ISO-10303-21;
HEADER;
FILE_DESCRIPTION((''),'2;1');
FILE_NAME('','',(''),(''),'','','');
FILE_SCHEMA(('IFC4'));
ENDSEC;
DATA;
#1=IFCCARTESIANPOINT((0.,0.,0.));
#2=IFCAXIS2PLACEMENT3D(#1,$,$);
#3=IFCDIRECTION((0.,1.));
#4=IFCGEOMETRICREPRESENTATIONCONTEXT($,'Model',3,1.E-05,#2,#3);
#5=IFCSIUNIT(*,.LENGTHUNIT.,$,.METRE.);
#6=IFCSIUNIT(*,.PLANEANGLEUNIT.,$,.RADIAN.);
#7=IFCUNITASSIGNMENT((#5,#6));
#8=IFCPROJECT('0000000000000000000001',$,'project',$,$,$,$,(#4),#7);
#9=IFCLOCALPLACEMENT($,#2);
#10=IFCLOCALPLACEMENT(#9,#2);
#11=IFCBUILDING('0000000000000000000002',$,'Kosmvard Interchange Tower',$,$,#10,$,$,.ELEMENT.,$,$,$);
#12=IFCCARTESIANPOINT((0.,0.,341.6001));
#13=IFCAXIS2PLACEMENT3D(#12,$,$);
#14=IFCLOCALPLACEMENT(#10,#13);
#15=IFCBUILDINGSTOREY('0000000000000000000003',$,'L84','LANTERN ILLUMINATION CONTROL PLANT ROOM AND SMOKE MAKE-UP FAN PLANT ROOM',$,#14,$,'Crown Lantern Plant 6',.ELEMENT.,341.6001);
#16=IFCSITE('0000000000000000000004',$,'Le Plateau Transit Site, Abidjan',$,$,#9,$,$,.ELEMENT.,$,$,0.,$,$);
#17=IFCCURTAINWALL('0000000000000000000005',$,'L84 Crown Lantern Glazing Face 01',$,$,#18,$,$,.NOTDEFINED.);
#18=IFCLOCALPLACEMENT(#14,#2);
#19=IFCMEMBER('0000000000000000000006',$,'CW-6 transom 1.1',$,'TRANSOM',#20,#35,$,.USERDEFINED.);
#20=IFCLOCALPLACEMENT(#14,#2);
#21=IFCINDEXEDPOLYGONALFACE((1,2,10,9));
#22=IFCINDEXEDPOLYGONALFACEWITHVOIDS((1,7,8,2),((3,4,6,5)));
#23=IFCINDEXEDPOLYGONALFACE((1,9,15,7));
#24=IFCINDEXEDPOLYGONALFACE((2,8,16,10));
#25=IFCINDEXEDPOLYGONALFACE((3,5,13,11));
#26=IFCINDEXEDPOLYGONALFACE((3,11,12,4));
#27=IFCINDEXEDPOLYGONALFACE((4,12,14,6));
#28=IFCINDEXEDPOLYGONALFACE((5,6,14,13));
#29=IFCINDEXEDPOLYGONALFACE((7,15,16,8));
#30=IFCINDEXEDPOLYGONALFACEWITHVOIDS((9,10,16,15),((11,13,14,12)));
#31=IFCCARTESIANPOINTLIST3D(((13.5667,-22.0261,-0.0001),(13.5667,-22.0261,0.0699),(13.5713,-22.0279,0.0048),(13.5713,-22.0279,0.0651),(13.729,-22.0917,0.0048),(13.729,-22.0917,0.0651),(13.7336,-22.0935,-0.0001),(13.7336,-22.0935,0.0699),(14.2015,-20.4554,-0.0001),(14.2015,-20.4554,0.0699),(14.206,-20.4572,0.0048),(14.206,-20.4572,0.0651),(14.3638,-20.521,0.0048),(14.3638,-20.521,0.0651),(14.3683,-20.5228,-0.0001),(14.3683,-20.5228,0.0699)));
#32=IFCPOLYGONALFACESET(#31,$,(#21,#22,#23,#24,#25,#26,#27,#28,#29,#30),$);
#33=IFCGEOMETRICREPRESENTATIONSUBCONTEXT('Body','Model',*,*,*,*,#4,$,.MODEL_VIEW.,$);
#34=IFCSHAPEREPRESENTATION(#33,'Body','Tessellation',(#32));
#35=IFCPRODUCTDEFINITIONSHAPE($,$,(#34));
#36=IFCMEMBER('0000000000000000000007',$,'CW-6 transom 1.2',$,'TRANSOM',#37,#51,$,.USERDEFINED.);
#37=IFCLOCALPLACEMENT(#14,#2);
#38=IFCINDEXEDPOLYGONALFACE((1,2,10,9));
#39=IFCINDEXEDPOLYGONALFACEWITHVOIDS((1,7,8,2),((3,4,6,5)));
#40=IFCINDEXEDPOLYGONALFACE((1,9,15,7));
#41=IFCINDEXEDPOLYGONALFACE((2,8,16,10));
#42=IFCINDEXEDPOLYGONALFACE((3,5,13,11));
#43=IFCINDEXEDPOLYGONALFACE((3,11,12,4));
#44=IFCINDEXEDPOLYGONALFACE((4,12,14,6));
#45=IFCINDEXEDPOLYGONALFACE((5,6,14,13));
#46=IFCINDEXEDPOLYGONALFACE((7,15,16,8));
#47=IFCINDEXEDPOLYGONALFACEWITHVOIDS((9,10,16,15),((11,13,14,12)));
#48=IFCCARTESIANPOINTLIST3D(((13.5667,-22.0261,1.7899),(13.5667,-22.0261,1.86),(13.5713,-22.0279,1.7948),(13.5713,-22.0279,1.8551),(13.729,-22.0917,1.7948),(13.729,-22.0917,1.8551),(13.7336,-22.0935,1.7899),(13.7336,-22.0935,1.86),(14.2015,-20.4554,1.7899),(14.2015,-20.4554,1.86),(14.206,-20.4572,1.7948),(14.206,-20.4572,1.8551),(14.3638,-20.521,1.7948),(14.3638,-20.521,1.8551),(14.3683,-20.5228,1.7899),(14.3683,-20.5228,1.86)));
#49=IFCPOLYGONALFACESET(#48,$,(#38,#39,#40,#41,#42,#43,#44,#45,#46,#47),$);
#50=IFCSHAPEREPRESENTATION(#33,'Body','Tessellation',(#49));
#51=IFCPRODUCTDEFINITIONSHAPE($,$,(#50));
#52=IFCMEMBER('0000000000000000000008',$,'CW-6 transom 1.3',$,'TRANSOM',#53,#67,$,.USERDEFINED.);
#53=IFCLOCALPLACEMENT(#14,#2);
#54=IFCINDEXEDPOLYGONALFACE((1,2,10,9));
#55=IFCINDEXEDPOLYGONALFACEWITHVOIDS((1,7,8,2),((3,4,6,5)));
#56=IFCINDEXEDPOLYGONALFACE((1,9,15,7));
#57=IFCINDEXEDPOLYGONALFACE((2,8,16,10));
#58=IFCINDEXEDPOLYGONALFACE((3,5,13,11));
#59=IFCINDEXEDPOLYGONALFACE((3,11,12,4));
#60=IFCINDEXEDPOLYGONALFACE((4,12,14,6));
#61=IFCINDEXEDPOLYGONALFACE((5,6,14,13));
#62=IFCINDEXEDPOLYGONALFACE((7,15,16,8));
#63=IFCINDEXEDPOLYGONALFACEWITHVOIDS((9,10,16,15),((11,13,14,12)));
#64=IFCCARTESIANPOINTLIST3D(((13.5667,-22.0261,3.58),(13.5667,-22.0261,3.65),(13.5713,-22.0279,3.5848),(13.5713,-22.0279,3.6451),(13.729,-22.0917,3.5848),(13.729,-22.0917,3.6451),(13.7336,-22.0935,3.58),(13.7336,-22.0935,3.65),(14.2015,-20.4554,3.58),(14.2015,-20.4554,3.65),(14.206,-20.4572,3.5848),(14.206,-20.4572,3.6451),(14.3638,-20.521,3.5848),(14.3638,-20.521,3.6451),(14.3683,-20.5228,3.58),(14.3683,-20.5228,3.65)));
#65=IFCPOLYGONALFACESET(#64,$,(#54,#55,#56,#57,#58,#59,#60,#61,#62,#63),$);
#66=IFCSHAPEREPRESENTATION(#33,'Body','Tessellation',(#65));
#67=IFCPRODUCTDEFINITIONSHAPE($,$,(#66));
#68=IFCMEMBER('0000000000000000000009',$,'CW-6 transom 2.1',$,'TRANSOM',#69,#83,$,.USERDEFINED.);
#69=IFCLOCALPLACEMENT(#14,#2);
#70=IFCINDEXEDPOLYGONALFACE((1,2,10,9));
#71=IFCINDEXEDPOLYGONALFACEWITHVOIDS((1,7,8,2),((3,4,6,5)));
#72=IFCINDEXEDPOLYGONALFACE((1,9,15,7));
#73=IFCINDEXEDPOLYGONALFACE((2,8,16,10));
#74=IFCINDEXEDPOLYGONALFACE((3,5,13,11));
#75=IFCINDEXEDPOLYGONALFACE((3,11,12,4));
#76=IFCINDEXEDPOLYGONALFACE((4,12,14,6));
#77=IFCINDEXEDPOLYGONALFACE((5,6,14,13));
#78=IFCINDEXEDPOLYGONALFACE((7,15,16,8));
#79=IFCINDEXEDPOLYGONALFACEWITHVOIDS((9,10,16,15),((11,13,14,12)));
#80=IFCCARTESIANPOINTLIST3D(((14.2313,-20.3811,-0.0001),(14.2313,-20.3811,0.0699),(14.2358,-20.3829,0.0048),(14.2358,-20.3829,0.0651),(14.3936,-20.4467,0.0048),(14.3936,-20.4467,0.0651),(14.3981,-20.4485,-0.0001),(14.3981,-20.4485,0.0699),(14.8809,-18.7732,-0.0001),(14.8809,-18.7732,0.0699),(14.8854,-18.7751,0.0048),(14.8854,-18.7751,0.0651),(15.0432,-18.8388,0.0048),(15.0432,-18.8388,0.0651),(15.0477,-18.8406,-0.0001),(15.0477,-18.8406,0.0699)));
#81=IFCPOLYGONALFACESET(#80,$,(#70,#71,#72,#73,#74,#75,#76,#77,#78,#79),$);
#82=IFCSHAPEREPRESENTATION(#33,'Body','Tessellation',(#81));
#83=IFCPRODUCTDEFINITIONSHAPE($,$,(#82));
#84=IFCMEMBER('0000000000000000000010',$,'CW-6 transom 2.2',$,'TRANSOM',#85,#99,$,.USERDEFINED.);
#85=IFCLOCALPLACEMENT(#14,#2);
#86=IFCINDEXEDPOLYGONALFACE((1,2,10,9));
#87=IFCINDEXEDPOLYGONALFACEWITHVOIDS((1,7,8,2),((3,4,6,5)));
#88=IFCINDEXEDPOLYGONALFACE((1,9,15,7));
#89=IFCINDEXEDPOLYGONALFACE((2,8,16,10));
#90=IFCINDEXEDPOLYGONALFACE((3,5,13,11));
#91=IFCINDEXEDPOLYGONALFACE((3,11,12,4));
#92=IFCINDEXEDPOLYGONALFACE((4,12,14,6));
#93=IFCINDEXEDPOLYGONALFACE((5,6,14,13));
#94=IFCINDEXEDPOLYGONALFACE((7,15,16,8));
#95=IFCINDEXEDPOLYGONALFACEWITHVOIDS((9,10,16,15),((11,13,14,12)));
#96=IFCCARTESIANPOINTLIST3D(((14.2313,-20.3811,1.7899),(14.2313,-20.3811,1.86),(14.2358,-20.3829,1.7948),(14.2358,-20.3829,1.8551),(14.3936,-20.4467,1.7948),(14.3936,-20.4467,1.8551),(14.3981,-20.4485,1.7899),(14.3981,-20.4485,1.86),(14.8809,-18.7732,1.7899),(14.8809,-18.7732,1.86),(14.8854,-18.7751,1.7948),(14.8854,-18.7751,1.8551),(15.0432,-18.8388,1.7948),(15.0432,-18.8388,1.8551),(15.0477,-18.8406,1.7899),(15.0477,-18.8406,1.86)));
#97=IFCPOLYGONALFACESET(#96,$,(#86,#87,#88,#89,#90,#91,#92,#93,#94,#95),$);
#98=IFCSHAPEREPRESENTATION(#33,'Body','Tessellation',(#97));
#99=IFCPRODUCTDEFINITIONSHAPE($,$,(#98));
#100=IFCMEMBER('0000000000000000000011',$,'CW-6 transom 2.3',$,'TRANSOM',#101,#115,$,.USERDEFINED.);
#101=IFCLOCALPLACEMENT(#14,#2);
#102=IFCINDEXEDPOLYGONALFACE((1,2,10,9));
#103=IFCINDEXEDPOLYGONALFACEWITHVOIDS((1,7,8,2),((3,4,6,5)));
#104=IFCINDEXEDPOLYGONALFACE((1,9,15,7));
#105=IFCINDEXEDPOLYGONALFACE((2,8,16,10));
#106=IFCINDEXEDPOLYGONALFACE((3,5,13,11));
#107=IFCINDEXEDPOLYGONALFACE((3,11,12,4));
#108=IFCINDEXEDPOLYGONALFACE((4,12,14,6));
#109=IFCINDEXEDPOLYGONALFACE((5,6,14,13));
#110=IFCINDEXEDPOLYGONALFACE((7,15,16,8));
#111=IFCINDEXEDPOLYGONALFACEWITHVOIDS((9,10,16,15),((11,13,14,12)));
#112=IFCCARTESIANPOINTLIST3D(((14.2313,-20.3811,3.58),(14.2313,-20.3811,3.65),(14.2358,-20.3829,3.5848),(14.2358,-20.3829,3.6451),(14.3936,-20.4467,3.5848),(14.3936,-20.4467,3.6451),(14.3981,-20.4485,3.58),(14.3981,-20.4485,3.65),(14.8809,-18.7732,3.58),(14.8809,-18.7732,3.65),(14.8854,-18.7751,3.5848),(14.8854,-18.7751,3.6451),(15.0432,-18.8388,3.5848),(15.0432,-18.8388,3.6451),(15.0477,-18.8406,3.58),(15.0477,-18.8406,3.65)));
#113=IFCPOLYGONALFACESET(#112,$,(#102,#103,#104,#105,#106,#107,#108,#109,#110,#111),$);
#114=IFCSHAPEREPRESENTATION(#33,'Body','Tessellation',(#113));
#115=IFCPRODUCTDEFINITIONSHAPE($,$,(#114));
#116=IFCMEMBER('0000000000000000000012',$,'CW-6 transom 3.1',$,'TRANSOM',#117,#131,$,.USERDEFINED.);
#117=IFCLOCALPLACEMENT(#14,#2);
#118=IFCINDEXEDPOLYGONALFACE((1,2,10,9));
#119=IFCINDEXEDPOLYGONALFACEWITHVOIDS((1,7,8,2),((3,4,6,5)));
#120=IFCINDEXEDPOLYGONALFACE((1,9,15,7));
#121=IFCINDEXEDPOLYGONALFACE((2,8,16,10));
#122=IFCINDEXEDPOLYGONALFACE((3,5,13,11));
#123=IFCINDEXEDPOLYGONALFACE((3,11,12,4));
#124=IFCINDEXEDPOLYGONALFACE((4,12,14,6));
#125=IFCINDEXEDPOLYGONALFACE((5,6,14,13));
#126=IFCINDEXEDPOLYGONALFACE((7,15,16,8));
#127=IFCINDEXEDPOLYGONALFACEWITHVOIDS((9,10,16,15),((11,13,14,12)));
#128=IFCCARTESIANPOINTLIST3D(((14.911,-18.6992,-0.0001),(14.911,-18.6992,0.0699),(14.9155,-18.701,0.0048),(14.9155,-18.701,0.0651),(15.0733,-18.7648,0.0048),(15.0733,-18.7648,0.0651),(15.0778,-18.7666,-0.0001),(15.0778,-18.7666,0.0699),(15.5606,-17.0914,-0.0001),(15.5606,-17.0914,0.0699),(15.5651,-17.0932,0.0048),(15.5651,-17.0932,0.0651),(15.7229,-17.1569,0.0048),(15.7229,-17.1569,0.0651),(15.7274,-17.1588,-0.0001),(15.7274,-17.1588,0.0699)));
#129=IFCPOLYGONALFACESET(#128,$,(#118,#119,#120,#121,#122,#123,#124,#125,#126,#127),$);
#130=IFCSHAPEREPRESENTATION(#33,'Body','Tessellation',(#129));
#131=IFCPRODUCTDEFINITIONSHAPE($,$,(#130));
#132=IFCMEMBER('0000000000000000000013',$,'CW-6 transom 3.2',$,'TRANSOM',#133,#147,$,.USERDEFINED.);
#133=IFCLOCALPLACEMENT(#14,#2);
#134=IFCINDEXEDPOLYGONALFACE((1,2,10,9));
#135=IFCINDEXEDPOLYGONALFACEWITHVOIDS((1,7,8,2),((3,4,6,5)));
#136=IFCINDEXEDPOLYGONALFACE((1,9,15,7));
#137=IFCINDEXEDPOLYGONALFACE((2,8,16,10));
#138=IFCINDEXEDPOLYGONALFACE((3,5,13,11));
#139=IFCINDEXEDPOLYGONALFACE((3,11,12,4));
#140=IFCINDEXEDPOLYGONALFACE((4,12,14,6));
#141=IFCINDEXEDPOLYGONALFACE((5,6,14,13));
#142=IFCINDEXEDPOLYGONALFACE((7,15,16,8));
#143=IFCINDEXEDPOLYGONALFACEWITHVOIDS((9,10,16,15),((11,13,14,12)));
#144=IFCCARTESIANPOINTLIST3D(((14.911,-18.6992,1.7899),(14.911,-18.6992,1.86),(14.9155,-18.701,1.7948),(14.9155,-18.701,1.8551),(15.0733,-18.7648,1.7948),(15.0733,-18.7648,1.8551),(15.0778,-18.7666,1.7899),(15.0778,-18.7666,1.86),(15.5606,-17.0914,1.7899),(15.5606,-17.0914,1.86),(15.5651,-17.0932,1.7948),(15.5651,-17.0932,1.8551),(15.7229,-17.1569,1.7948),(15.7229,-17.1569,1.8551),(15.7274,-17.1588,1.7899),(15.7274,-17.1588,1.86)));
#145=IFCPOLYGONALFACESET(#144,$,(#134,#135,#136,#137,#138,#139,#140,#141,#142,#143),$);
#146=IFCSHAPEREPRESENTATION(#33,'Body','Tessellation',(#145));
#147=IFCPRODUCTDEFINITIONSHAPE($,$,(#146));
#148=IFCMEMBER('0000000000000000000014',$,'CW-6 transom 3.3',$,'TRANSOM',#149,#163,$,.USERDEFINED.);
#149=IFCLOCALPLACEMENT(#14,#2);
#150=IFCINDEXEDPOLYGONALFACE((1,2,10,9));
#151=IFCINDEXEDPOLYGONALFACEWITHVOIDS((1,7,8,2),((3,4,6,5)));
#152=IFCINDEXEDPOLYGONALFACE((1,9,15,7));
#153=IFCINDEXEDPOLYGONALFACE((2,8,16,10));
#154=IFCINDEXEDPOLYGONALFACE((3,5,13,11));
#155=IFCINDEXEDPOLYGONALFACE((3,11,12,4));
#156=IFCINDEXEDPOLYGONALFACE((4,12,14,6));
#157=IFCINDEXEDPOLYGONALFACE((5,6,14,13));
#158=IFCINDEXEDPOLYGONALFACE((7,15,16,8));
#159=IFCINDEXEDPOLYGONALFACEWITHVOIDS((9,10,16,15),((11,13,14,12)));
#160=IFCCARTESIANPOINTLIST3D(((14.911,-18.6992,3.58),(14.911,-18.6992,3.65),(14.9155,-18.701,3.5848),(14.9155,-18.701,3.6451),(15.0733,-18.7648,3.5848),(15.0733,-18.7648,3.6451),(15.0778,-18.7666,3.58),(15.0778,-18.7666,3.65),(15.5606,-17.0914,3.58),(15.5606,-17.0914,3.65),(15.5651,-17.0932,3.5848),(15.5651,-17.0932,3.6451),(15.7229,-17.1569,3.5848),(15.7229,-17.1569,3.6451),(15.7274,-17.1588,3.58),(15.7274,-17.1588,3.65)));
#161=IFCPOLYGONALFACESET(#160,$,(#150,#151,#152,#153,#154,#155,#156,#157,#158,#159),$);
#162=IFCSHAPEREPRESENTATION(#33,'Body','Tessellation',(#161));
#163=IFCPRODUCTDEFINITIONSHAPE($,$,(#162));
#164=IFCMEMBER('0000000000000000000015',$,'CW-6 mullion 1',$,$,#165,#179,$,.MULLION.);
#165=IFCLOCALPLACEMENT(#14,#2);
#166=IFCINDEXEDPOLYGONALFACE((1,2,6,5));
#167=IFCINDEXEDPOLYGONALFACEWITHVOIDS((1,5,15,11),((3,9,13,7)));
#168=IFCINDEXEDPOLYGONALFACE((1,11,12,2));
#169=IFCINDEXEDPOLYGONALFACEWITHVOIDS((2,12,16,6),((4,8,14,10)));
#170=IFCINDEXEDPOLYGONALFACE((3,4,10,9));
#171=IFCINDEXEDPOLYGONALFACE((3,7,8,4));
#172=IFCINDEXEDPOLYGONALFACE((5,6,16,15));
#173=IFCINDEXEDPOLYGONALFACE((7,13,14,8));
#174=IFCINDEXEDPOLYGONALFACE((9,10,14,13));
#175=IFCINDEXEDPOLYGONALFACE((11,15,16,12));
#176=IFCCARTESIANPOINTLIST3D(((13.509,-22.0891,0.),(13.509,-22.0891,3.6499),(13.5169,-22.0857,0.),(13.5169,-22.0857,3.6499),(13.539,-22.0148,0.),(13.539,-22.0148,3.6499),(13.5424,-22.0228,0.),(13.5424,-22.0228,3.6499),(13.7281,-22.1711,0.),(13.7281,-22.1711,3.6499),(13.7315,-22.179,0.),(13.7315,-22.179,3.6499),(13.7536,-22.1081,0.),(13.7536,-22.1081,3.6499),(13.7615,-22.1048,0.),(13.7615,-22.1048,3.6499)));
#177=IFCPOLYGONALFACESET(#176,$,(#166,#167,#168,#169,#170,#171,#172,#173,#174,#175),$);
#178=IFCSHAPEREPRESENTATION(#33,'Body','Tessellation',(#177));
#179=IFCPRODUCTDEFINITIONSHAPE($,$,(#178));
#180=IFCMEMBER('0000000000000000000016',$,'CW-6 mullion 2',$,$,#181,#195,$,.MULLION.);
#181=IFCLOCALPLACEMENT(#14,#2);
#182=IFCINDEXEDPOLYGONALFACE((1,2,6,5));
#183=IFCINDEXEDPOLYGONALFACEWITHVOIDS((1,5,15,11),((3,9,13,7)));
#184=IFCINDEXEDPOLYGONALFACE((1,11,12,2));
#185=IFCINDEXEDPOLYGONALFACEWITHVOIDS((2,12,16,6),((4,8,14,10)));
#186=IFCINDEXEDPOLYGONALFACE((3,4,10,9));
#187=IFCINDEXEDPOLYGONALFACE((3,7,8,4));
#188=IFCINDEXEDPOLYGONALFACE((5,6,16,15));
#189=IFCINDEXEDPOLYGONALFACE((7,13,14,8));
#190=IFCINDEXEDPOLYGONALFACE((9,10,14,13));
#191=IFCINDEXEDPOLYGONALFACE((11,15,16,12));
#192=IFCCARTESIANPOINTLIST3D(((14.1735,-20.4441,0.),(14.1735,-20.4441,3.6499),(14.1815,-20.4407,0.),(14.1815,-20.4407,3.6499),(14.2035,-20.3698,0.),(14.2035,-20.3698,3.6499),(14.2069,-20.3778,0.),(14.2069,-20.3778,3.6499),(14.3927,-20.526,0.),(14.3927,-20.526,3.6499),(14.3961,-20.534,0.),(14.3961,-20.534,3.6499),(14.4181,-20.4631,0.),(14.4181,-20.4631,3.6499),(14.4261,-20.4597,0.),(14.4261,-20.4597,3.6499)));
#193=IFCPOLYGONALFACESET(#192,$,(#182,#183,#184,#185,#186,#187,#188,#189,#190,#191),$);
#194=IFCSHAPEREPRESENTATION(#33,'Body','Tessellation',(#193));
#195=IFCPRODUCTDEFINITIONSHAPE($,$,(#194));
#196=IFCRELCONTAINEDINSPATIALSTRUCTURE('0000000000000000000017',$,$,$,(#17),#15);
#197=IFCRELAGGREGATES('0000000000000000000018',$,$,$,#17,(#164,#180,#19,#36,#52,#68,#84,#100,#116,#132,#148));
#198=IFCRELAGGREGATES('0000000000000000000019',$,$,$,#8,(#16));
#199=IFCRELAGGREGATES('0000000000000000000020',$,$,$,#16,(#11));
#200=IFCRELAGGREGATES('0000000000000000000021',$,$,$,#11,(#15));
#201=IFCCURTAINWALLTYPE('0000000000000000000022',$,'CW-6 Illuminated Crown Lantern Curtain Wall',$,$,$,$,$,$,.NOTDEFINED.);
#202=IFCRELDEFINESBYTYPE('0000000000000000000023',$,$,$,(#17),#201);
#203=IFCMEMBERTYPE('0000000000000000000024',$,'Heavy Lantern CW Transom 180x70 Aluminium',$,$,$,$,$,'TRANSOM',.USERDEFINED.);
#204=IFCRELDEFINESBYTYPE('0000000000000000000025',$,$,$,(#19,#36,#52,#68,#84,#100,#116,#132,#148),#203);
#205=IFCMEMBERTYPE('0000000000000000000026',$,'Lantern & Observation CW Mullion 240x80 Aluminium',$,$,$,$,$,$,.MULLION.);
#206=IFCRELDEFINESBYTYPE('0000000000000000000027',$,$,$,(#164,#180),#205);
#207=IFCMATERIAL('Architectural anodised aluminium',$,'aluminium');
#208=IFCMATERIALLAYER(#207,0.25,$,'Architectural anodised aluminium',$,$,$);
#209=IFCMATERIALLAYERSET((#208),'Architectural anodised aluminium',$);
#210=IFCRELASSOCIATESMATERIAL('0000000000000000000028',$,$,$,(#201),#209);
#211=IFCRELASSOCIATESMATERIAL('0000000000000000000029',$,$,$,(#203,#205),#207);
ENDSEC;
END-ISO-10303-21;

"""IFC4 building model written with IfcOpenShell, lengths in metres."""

from ifc_helpers import new_model, si_unit, direction, frame, origin, origin_2d, place, context, subcontext, project, spatial, hollow_rectangle, extrude, source, transform, mapped, material, layer, layer_set, material_profile, profile_set, type_object, element, aggregate, save


model = new_model("IFC4")

# Units and contexts
model_context = context("Model", 3, precision=1e-05, world=origin(), true_north=direction((0.0, 1.0)))
body_context = subcontext(model_context, "Body", "Model", "MODEL_VIEW")
ifc_project = project(units=[si_unit("LENGTHUNIT", "METRE"), si_unit("PLANEANGLEUNIT", "RADIAN")], contexts=[model_context])

# Site, building, storey
site_placement = place(None, origin())
site = spatial("IfcSite", under=ifc_project, at=site_placement, Name="Le Plateau Transit Site, Abidjan", CompositionType="ELEMENT", RefElevation=0.0)
building_placement = place(site_placement, origin())
building = spatial("IfcBuilding", under=site, at=building_placement, Name="Kosmvard Interchange Tower", CompositionType="ELEMENT")
storey_placement = place(building_placement, frame((0.0, 0.0, 341.6001)))
storey = spatial("IfcBuildingStorey", under=building, at=storey_placement, Name="L84", Description="LANTERN ILLUMINATION CONTROL PLANT ROOM AND SMOKE MAKE-UP FAN PLANT ROOM", LongName="Crown Lantern Plant 6", CompositionType="ELEMENT", Elevation=341.6001)

# Curtain wall, members
ifc_material_1 = material(Name="Architectural anodised aluminium", Category="aluminium")
ifc_layer_1 = layer(ifc_material_1, 0.25, Name="Architectural anodised aluminium")
ifc_layer_set_1 = layer_set([ifc_layer_1], Name="Architectural anodised aluminium")
curtain_wall_type = type_object("IfcCurtainWallType", Name="CW-6 Illuminated Crown Lantern Curtain Wall", PredefinedType="NOTDEFINED", material=ifc_layer_set_1)
curtain_wall_1_placement = place(storey_placement, origin())
curtain_wall_1 = element("IfcCurtainWall", 1, at=curtain_wall_1_placement, inside=storey, type_object=curtain_wall_type, Name="L84 Crown Lantern Glazing Face 01", PredefinedType="NOTDEFINED")
ifc_material_profile_1 = material_profile(ifc_material_1, hollow_rectangle(XDim=0.1799, YDim=0.0701, WallThickness=0.0049, at=origin_2d()), Name="CWT 180x70x5")
ifc_profile_set_1 = profile_set([ifc_material_profile_1], Name="Architectural anodised aluminium")
member_type_1 = type_object("IfcMemberType", Name="Heavy Lantern CW Transom 180x70 Aluminium", ElementType="TRANSOM", PredefinedType="USERDEFINED", material=ifc_profile_set_1)
shared_shape_1 = source(origin(), body_context, "Body", "SweptSolid", [
    extrude(hollow_rectangle(XDim=0.1799, YDim=0.0701, WallThickness=0.0049, at=origin_2d()), origin(), (0.0, 0.0, 1.0), 1.6941),
])
member_1_placement = place(storey_placement, frame((13.6501, -22.0598, 0.0349), z_axis=(0.374668, 0.927159, 0.0), x_axis=(-0.927159, 0.374668, 0.0)))
member_1 = element("IfcMember", 2, at=member_1_placement, type_object=member_type_1, Name="CW-6 transom 1.1", ObjectType="TRANSOM", PredefinedType="USERDEFINED", context=body_context, shape_type="MappedRepresentation", body=[
    mapped(shared_shape_1, transform((0.0, 0.0, 0.0), scale=1.0)),
])
member_2_placement = place(storey_placement, frame((13.6501, -22.0598, 1.825), z_axis=(0.374668, 0.927159, 0.0), x_axis=(-0.927159, 0.374668, 0.0)))
member_2 = element("IfcMember", 3, at=member_2_placement, type_object=member_type_1, Name="CW-6 transom 1.2", ObjectType="TRANSOM", PredefinedType="USERDEFINED", context=body_context, shape_type="MappedRepresentation", body=[
    mapped(shared_shape_1, transform((0.0, 0.0, 0.0), scale=1.0)),
])
member_3_placement = place(storey_placement, frame((13.6501, -22.0598, 3.615), z_axis=(0.374668, 0.927159, 0.0), x_axis=(-0.927159, 0.374668, 0.0)))
member_3 = element("IfcMember", 4, at=member_3_placement, type_object=member_type_1, Name="CW-6 transom 1.3", ObjectType="TRANSOM", PredefinedType="USERDEFINED", context=body_context, shape_type="MappedRepresentation", body=[
    mapped(shared_shape_1, transform((0.0, 0.0, 0.0), scale=1.0)),
])
shared_shape_2 = source(origin(), body_context, "Body", "SweptSolid", [
    extrude(hollow_rectangle(XDim=0.1799, YDim=0.0701, WallThickness=0.0049, at=origin_2d()), origin(), (0.0, 0.0, 1.0), 1.7341),
])
member_4_placement = place(storey_placement, frame((14.3147, -20.4148, 0.0349), z_axis=(0.374617, 0.92718, 0.0), x_axis=(-0.92718, 0.374617, 0.0)))
member_4 = element("IfcMember", 5, at=member_4_placement, type_object=member_type_1, Name="CW-6 transom 2.1", ObjectType="TRANSOM", PredefinedType="USERDEFINED", context=body_context, shape_type="MappedRepresentation", body=[
    mapped(shared_shape_2, transform((0.0, 0.0, 0.0), scale=1.0)),
])
member_5_placement = place(storey_placement, frame((14.3147, -20.4148, 1.825), z_axis=(0.374617, 0.92718, 0.0), x_axis=(-0.92718, 0.374617, 0.0)))
member_5 = element("IfcMember", 6, at=member_5_placement, type_object=member_type_1, Name="CW-6 transom 2.2", ObjectType="TRANSOM", PredefinedType="USERDEFINED", context=body_context, shape_type="MappedRepresentation", body=[
    mapped(shared_shape_2, transform((0.0, 0.0, 0.0), scale=1.0)),
])
member_6_placement = place(storey_placement, frame((14.3147, -20.4148, 3.615), z_axis=(0.374617, 0.92718, 0.0), x_axis=(-0.92718, 0.374617, 0.0)))
member_6 = element("IfcMember", 7, at=member_6_placement, type_object=member_type_1, Name="CW-6 transom 2.3", ObjectType="TRANSOM", PredefinedType="USERDEFINED", context=body_context, shape_type="MappedRepresentation", body=[
    mapped(shared_shape_2, transform((0.0, 0.0, 0.0), scale=1.0)),
])
member_7_placement = place(storey_placement, frame((14.9944, -18.7329, 0.0349), z_axis=(0.374617, 0.92718, 0.0), x_axis=(-0.92718, 0.374617, 0.0)))
member_7 = element("IfcMember", 8, at=member_7_placement, type_object=member_type_1, Name="CW-6 transom 3.1", ObjectType="TRANSOM", PredefinedType="USERDEFINED", context=body_context, shape_type="MappedRepresentation", body=[
    mapped(shared_shape_2, transform((0.0, 0.0, 0.0), scale=1.0)),
])
member_8_placement = place(storey_placement, frame((14.9944, -18.7329, 1.825), z_axis=(0.374617, 0.92718, 0.0), x_axis=(-0.92718, 0.374617, 0.0)))
member_8 = element("IfcMember", 9, at=member_8_placement, type_object=member_type_1, Name="CW-6 transom 3.2", ObjectType="TRANSOM", PredefinedType="USERDEFINED", context=body_context, shape_type="MappedRepresentation", body=[
    mapped(shared_shape_2, transform((0.0, 0.0, 0.0), scale=1.0)),
])
member_9_placement = place(storey_placement, frame((14.9944, -18.7329, 3.615), z_axis=(0.374617, 0.92718, 0.0), x_axis=(-0.92718, 0.374617, 0.0)))
member_9 = element("IfcMember", 10, at=member_9_placement, type_object=member_type_1, Name="CW-6 transom 3.3", ObjectType="TRANSOM", PredefinedType="USERDEFINED", context=body_context, shape_type="MappedRepresentation", body=[
    mapped(shared_shape_2, transform((0.0, 0.0, 0.0), scale=1.0)),
])
ifc_material_profile_2 = material_profile(ifc_material_1, hollow_rectangle(XDim=0.24, YDim=0.0801, WallThickness=0.0061, at=origin_2d()), Name="CWM 240x80x6")
ifc_profile_set_2 = profile_set([ifc_material_profile_2], Name="Architectural anodised aluminium")
member_type_2 = type_object("IfcMemberType", Name="Lantern & Observation CW Mullion 240x80 Aluminium", PredefinedType="MULLION", material=ifc_profile_set_2)
shared_shape_3 = source(origin(), body_context, "Body", "SweptSolid", [
    extrude(hollow_rectangle(XDim=0.24, YDim=0.0801, WallThickness=0.0061, at=origin_2d()), origin(), (0.0, 0.0, 1.0), 3.6499),
])
member_10_placement = place(storey_placement, frame((13.6353, -22.0969, 0.0), z_axis=(0.0, 0.0, 1.0), x_axis=(-0.927184, 0.374607, 0.0)))
member_10 = element("IfcMember", 11, at=member_10_placement, type_object=member_type_2, Name="CW-6 mullion 1", PredefinedType="MULLION", context=body_context, shape_type="MappedRepresentation", body=[
    mapped(shared_shape_3, transform((0.0, 0.0, 0.0), scale=1.0)),
])
member_11_placement = place(storey_placement, frame((14.2998, -20.4519, 0.0), z_axis=(0.0, 0.0, 1.0), x_axis=(-0.927184, 0.374607, 0.0)))
member_11 = element("IfcMember", 12, at=member_11_placement, type_object=member_type_2, Name="CW-6 mullion 2", PredefinedType="MULLION", context=body_context, shape_type="MappedRepresentation", body=[
    mapped(shared_shape_3, transform((0.0, 0.0, 0.0), scale=1.0)),
])

aggregate(curtain_wall_1, [member_10, member_11, member_1, member_2, member_3, member_4, member_5, member_6, member_7, member_8, member_9])

save(model, "model.ifc")
